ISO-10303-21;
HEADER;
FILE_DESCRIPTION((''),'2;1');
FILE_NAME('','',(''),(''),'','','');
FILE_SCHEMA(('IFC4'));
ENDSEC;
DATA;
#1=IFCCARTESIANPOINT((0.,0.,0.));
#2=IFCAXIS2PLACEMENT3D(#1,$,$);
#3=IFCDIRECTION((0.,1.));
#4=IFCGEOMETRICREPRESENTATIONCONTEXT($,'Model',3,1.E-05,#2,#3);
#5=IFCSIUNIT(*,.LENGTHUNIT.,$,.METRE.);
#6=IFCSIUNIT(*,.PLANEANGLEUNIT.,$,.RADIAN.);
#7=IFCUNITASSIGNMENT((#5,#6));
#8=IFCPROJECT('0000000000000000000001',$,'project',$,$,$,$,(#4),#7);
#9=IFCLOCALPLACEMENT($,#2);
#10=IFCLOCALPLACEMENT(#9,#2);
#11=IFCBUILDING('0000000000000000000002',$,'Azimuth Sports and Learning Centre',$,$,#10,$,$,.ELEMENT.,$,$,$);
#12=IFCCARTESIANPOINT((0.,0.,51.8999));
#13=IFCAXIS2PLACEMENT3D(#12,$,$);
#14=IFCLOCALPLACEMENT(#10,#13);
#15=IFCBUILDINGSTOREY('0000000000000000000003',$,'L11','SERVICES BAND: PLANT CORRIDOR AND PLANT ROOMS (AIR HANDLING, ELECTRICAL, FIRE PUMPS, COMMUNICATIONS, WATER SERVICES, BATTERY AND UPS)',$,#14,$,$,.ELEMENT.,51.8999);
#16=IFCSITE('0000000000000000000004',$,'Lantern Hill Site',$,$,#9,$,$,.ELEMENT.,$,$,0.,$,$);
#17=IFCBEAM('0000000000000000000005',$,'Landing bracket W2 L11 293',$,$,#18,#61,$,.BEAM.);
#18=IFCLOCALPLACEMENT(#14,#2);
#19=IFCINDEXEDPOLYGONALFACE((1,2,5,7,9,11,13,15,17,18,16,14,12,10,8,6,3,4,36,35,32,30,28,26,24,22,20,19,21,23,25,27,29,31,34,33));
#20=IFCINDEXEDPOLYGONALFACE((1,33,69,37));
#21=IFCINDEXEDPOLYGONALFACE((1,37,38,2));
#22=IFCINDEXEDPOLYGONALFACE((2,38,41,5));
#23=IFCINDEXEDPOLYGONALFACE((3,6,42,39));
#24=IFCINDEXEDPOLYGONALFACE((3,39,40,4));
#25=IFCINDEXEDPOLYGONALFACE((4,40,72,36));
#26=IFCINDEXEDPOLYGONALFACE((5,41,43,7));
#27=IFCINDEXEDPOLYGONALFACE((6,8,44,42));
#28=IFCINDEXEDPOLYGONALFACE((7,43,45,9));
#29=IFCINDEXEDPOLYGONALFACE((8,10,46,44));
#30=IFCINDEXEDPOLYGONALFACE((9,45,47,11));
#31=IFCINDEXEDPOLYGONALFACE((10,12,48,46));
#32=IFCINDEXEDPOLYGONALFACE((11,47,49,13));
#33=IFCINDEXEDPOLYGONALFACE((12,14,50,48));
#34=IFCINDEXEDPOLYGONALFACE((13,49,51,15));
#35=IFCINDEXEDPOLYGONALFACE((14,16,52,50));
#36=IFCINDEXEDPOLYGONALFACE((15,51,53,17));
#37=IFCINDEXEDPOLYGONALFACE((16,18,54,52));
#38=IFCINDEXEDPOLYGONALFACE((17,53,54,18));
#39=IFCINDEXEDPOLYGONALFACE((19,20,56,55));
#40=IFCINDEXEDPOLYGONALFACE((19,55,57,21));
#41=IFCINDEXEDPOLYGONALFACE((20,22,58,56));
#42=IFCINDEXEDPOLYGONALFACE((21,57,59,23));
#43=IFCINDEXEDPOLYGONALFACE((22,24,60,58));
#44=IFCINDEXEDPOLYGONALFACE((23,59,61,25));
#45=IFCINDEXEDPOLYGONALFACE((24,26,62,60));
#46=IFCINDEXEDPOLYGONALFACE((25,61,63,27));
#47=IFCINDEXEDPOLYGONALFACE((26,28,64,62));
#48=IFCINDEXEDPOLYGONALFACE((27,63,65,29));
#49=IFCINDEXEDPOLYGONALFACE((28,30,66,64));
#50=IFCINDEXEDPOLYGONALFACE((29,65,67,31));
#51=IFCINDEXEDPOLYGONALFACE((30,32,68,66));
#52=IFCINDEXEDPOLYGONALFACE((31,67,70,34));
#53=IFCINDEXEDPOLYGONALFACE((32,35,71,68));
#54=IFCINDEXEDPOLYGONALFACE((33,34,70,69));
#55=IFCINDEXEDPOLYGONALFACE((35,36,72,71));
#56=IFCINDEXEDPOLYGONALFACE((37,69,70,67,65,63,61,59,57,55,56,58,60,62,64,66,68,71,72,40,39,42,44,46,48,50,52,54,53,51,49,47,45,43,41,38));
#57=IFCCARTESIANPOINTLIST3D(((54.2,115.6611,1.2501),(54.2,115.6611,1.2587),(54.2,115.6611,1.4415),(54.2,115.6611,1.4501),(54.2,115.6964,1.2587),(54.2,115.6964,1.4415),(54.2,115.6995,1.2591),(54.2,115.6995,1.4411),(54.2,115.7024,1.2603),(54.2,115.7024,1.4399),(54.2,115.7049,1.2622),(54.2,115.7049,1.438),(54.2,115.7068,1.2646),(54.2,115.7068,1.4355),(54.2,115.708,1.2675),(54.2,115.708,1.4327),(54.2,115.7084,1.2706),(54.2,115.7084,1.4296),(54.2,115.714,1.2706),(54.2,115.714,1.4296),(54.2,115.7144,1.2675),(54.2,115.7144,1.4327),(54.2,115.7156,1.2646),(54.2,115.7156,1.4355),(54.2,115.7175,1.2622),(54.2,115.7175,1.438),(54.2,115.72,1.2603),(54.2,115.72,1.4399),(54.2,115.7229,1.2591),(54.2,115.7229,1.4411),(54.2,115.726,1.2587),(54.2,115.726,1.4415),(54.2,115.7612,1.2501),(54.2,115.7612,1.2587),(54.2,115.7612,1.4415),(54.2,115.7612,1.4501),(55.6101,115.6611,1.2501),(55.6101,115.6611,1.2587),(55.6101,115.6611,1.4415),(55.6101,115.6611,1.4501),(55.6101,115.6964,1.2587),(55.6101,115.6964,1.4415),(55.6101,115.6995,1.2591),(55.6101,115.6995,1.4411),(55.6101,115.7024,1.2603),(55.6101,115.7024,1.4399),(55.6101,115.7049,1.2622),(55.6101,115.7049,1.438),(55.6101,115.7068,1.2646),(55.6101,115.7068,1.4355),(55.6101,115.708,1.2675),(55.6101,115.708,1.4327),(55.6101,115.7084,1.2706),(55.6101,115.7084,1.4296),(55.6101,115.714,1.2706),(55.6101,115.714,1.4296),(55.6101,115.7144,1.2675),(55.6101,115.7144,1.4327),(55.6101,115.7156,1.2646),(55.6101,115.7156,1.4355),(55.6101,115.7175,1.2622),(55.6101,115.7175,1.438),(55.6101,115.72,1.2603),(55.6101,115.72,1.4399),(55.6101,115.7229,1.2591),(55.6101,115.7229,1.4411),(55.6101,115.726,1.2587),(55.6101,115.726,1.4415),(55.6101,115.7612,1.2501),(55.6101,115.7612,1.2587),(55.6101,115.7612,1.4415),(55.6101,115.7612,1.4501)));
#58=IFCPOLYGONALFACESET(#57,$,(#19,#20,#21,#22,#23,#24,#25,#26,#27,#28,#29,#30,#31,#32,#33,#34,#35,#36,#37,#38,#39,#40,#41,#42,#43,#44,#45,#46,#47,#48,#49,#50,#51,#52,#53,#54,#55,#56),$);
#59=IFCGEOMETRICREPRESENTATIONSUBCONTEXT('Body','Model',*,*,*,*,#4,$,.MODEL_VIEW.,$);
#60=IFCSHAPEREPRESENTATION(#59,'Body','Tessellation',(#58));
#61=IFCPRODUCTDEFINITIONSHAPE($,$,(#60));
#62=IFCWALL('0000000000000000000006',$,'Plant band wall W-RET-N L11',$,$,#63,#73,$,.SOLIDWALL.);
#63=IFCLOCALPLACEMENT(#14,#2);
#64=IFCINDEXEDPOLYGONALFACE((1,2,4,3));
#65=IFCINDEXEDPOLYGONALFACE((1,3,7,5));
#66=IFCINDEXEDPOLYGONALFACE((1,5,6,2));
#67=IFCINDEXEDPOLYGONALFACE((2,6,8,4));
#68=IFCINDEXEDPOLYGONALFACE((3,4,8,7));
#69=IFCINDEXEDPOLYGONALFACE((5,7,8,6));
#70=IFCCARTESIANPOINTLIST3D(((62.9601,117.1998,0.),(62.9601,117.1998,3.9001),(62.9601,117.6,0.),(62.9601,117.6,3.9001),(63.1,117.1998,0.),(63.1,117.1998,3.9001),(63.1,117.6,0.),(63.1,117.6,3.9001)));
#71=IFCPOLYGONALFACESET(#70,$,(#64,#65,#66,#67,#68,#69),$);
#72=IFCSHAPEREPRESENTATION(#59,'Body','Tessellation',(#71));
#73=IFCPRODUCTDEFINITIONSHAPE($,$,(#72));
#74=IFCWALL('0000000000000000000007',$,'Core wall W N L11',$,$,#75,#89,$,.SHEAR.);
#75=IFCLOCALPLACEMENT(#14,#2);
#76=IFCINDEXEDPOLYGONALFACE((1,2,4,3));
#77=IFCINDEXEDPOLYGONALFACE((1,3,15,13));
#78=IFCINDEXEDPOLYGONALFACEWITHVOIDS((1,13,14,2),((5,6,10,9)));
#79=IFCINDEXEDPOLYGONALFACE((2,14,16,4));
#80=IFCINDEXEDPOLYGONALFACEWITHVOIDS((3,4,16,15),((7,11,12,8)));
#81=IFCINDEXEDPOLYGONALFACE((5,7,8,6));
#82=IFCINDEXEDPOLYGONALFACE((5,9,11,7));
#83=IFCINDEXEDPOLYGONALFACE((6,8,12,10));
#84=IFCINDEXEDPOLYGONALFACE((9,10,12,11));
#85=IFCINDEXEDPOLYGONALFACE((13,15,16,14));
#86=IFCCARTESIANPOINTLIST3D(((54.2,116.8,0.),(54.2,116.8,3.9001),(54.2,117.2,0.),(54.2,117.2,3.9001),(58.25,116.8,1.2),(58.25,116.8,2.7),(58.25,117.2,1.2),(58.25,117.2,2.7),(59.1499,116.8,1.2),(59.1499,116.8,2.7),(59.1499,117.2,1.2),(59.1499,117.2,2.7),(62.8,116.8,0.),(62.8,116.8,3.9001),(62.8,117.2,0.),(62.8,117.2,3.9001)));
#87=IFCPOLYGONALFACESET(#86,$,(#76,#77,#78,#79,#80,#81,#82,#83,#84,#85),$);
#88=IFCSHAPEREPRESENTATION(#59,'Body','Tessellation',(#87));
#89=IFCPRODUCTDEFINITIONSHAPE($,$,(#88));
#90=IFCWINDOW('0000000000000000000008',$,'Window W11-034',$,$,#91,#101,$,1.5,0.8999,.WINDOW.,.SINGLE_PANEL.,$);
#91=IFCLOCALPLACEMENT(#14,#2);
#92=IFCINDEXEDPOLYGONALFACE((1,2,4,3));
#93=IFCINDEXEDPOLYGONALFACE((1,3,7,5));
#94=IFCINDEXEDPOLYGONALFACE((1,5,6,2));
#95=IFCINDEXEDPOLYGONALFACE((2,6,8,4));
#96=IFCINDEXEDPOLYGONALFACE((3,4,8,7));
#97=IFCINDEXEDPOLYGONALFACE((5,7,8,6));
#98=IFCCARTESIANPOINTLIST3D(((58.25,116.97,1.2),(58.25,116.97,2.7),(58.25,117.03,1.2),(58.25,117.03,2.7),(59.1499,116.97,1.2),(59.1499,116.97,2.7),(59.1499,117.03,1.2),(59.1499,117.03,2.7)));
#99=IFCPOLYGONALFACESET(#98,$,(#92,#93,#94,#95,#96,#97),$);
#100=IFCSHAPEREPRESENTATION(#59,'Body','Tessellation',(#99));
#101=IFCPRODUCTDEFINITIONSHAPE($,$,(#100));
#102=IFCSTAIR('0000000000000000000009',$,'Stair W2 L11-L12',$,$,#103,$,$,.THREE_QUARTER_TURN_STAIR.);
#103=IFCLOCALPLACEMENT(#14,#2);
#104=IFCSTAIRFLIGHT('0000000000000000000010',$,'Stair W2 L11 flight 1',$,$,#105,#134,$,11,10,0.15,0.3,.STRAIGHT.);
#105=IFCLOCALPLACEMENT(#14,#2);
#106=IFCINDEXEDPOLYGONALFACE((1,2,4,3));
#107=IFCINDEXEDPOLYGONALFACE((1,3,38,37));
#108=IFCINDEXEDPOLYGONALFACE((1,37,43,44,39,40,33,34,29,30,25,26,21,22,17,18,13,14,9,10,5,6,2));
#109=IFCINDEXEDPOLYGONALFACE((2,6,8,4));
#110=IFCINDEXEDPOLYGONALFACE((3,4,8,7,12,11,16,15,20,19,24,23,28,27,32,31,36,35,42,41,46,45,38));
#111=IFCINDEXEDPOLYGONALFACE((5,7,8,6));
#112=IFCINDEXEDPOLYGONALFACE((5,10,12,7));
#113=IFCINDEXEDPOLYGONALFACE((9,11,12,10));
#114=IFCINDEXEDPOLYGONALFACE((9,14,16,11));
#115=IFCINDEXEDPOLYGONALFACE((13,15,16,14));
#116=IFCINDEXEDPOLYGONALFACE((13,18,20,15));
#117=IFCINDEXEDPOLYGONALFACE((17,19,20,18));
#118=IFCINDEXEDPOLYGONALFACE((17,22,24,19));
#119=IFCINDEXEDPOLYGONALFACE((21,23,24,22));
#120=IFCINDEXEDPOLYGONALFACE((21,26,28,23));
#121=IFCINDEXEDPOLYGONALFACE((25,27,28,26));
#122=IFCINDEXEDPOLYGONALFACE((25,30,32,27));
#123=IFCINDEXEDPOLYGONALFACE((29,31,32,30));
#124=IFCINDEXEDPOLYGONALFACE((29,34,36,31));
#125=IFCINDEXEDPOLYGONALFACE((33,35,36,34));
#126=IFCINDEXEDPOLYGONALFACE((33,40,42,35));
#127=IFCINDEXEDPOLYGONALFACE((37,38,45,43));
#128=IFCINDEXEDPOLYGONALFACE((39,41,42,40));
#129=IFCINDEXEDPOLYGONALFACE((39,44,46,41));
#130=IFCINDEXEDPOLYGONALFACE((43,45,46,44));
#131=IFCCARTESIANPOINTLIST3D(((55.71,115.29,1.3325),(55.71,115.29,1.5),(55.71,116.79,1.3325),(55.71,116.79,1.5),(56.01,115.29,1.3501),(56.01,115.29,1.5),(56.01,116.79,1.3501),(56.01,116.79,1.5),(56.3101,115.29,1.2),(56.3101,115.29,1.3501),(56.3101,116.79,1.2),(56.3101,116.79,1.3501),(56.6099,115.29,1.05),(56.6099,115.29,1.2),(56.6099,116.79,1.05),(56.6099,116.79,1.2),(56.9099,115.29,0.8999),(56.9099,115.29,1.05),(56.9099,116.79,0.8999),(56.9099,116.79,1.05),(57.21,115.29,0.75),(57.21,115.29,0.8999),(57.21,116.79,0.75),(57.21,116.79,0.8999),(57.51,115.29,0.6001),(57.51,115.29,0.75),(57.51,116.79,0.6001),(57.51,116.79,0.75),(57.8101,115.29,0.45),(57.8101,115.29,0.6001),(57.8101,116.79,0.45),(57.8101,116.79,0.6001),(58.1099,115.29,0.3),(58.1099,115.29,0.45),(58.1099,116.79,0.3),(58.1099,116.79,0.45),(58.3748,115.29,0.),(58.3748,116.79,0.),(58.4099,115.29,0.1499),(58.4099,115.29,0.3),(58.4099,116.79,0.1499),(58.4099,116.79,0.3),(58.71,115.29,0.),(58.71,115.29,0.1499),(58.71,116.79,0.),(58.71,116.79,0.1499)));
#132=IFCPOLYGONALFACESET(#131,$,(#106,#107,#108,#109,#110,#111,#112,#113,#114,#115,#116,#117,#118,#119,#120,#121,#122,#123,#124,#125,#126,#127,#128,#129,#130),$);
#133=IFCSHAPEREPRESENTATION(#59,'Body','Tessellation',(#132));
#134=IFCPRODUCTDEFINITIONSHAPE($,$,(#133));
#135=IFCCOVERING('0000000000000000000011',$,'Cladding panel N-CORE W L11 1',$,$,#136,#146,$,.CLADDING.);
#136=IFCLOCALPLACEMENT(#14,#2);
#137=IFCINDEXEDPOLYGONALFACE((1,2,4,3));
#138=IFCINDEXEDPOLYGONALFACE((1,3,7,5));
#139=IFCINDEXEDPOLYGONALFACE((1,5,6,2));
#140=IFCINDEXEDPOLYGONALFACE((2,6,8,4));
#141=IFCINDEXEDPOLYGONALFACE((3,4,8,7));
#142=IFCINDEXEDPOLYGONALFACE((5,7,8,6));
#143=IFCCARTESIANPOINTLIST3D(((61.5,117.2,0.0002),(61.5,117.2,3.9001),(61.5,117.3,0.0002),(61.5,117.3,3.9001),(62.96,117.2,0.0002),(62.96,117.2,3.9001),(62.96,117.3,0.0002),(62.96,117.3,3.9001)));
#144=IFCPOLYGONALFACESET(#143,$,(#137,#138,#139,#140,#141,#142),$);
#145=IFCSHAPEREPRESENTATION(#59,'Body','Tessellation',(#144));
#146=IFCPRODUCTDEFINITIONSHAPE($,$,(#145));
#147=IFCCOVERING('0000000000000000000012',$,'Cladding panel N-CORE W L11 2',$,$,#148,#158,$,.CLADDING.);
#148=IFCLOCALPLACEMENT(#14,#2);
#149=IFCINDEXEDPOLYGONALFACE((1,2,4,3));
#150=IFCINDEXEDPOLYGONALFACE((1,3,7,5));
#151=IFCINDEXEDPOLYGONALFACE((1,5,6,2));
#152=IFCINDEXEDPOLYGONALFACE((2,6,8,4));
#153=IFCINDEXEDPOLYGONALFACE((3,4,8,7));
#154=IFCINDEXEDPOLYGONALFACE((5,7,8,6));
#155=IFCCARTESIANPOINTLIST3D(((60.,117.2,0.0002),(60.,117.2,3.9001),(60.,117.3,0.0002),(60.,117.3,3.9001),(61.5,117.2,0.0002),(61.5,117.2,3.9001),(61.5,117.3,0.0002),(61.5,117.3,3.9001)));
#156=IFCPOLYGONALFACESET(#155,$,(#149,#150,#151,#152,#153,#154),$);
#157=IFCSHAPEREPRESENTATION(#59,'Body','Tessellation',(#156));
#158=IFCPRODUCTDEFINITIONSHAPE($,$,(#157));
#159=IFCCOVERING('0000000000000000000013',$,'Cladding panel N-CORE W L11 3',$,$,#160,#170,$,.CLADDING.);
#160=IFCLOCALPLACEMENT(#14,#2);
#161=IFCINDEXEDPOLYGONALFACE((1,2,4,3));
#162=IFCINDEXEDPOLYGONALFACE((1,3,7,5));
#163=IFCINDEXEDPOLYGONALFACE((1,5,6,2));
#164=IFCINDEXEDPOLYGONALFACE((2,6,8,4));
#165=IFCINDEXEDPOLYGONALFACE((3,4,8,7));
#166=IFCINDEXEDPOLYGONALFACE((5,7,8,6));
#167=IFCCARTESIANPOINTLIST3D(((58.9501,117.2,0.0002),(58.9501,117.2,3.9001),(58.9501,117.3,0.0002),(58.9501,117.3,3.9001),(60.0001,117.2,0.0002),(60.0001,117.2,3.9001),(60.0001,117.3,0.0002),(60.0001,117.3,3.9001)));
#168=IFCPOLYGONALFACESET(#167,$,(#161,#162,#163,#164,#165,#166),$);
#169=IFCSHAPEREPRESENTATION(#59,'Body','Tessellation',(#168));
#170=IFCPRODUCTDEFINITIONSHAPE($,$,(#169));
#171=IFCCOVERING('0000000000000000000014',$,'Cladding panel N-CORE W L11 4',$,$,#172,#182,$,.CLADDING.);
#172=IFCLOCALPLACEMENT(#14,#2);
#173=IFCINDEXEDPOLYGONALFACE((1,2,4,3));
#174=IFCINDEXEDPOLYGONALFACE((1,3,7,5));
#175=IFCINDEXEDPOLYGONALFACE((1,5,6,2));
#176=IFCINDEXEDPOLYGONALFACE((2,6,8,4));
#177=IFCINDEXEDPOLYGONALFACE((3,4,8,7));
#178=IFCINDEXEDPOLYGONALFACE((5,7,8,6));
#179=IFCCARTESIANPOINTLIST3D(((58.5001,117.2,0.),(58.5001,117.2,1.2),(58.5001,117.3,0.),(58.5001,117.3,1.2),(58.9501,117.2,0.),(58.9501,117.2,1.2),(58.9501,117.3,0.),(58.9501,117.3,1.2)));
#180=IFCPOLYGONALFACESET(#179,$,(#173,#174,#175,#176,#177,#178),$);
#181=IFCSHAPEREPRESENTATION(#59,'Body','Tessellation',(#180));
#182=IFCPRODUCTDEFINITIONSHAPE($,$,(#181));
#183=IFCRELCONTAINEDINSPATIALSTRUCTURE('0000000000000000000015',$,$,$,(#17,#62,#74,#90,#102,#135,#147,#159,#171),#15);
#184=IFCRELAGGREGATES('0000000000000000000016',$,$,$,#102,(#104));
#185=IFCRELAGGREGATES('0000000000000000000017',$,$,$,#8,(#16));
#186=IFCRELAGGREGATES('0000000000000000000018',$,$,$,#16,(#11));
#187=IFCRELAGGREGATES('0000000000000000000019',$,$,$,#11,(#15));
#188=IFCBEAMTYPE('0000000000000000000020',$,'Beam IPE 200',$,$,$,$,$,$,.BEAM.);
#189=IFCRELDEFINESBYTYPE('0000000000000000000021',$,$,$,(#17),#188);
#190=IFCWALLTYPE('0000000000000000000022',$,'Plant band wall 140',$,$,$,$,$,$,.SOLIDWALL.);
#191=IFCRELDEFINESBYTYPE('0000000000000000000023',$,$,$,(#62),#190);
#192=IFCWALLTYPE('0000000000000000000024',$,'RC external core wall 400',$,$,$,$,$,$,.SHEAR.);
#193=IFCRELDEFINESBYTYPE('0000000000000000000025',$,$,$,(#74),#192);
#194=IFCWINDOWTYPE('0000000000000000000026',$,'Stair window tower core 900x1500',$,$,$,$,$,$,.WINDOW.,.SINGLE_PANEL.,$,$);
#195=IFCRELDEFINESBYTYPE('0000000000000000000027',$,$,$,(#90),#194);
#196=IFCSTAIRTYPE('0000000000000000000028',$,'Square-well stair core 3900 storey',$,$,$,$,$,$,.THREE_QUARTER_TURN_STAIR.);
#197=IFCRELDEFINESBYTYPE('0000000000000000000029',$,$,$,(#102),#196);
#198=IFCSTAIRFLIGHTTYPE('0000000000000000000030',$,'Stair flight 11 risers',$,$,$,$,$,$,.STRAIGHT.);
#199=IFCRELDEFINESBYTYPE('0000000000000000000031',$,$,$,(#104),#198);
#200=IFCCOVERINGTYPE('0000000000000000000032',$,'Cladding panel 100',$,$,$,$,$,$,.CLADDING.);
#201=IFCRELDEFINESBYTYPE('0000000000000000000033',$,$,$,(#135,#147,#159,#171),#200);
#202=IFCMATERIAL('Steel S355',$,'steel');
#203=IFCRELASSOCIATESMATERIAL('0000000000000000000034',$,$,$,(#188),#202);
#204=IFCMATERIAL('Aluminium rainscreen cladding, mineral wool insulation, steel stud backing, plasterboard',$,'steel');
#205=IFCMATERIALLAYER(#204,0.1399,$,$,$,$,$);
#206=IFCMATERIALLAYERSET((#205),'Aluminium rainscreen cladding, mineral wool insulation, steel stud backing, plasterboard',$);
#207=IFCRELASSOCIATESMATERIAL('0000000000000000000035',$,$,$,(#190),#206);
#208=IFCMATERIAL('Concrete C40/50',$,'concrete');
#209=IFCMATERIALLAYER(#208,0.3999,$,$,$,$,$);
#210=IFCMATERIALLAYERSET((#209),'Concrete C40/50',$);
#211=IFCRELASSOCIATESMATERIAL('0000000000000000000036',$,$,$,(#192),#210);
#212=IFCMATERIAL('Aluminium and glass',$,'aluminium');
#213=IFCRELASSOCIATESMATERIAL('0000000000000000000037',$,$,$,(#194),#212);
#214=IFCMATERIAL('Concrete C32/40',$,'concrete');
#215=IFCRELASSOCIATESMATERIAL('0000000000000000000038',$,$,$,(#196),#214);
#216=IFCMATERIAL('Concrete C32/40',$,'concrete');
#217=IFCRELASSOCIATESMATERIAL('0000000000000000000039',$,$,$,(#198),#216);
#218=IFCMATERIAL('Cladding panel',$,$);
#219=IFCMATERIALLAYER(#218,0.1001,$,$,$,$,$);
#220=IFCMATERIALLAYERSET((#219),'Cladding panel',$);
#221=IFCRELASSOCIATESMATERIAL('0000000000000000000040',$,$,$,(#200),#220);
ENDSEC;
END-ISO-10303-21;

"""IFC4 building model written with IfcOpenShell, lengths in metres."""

from ifc_helpers import new_model, si_unit, direction, frame, frame_2d, origin, origin_2d, place, context, subcontext, project, spatial, polyline, rectangle, i_section, outline, extrude, material, layer, layer_set, material_profile, profile_set, type_object, element, fill, aggregate, save


model = new_model("IFC4")

# Units and contexts
model_context = context("Model", 3, precision=1e-05, world=origin(), true_north=direction((0.0, 1.0)))
body_context = subcontext(model_context, "Body", "Model", "MODEL_VIEW")
ifc_project = project(units=[si_unit("LENGTHUNIT", "METRE"), si_unit("PLANEANGLEUNIT", "RADIAN")], contexts=[model_context])

# Site, building, storey
site_placement = place(None, origin())
site = spatial("IfcSite", under=ifc_project, at=site_placement, Name="Lantern Hill Site", CompositionType="ELEMENT", RefElevation=0.0)
building_placement = place(site_placement, origin())
building = spatial("IfcBuilding", under=site, at=building_placement, Name="Azimuth Sports and Learning Centre", CompositionType="ELEMENT")
storey_placement = place(building_placement, frame((0.0, 0.0, 51.8999)))
storey = spatial("IfcBuildingStorey", under=building, at=storey_placement, Name="L11", Description="SERVICES BAND: PLANT CORRIDOR AND PLANT ROOMS (AIR HANDLING, ELECTRICAL, FIRE PUMPS, COMMUNICATIONS, WATER SERVICES, BATTERY AND UPS)", CompositionType="ELEMENT", Elevation=51.8999)

# Beam
ifc_material_1 = material(Name="Steel S355", Category="steel")
ifc_material_profile = material_profile(ifc_material_1, i_section(OverallWidth=0.1001, OverallDepth=0.2, WebThickness=0.0056, FlangeThickness=0.0085, FilletRadius=0.012, at=origin_2d()), Name="IPE 200")
ifc_profile_set = profile_set([ifc_material_profile], Name="Steel S355")
beam_type = type_object("IfcBeamType", Name="Beam IPE 200", PredefinedType="BEAM", material=ifc_profile_set)
for number, where, z_axis, x_axis, name in (
    (1, (54.2, 115.7112, 1.3501), (1.0, 0.0, 0.0), (0.0, 1.0, 0.0), "Landing bracket W2 L11 293"),
):
    element("IfcBeam", number, at=place(storey_placement, frame(where, z_axis=z_axis, x_axis=x_axis)), inside=storey, type_object=beam_type, Name=name, PredefinedType="BEAM", context=body_context, shape_type="SweptSolid", body=[
        extrude(i_section(OverallWidth=0.1001, OverallDepth=0.2, WebThickness=0.0056, FlangeThickness=0.0085, FilletRadius=0.012, at=origin_2d()), origin(), (0.0, 0.0, 1.0), 1.4102),
    ])

# Wall
ifc_material_2 = material(Name="Aluminium rainscreen cladding, mineral wool insulation, steel stud backing, plasterboard", Category="steel")
ifc_layer_1 = layer(ifc_material_2, 0.1399)
ifc_layer_set_1 = layer_set([ifc_layer_1], Name="Aluminium rainscreen cladding, mineral wool insulation, steel stud backing, plasterboard")
wall_type_1 = type_object("IfcWallType", Name="Plant band wall 140", PredefinedType="SOLIDWALL", material=ifc_layer_set_1)
wall_1_placement = place(storey_placement, frame((63.03, 117.6001, 0.0), z_axis=(0.0, 0.0, 1.0), x_axis=(0.0, -1.0, 0.0)))
element("IfcWall", 2, at=wall_1_placement, inside=storey, type_object=wall_type_1, Name="Plant band wall W-RET-N L11", PredefinedType="SOLIDWALL", context=body_context, shape_type="SweptSolid", body=[
    extrude(rectangle(XDim=0.4001, YDim=0.1399, at=frame_2d((0.2002, 0.0))), origin(), (0.0, 0.0, 1.0), 3.9001),
])

# Wall, opening, window
ifc_material_3 = material(Name="Concrete C40/50", Category="concrete")
ifc_layer_2 = layer(ifc_material_3, 0.3999)
ifc_layer_set_2 = layer_set([ifc_layer_2], Name="Concrete C40/50")
wall_type_2 = type_object("IfcWallType", Name="RC external core wall 400", PredefinedType="SHEAR", material=ifc_layer_set_2)
wall_2_placement = place(storey_placement, frame((54.2, 117.0, 0.0), z_axis=(0.0, 0.0, 1.0), x_axis=(1.0, 0.0, 0.0)))
wall_2 = element("IfcWall", 3, at=wall_2_placement, inside=storey, type_object=wall_type_2, Name="Core wall W N L11", PredefinedType="SHEAR", context=body_context, shape_type="SweptSolid", body=[
    extrude(rectangle(XDim=8.6001, YDim=0.3999, at=frame_2d((4.3, 0.0))), origin(), (0.0, 0.0, 1.0), 3.9001),
])
opening_placement = place(wall_2_placement, frame((4.05, 0.0, 1.2)))
opening = element("IfcOpeningElement", 4, at=opening_placement, cuts=wall_2, PredefinedType="OPENING", context=body_context, shape_type="SweptSolid", body=[
    extrude(rectangle(XDim=0.8999, YDim=1.5, at=frame_2d((0.45, 0.75))), frame((0.0, 0.2109, 0.0), z_axis=(0.0, -1.0, 0.0), x_axis=(1.0, 0.0, 0.0)), (0.0, 0.0, 1.0), 0.4219),
])
ifc_material_4 = material(Name="Aluminium and glass", Category="aluminium")
window_type = type_object("IfcWindowType", Name="Stair window tower core 900x1500", PartitioningType="SINGLE_PANEL", PredefinedType="WINDOW", material=ifc_material_4)
window_placement = place(opening_placement, origin())
window = element("IfcWindow", 5, at=window_placement, inside=storey, type_object=window_type, Name="Window W11-034", OverallHeight=1.5, OverallWidth=0.8999, PartitioningType="SINGLE_PANEL", PredefinedType="WINDOW", context=body_context, shape_type="SweptSolid", body=[
    extrude(rectangle(XDim=0.8999, YDim=1.5, at=frame_2d((0.45, 0.75))), frame((0.0, 0.03, 0.0), z_axis=(0.0, -1.0, 0.0), x_axis=(1.0, 0.0, 0.0)), (0.0, 0.0, 1.0), 0.0601),
])
fill(opening, window)

# Stair, stair flight
ifc_material_5 = material(Name="Concrete C32/40", Category="concrete")
stair_type = type_object("IfcStairType", Name="Square-well stair core 3900 storey", PredefinedType="THREE_QUARTER_TURN_STAIR", material=ifc_material_5)
stair_placement = place(storey_placement, origin())
stair = element("IfcStair", 6, at=stair_placement, inside=storey, type_object=stair_type, Name="Stair W2 L11-L12", PredefinedType="THREE_QUARTER_TURN_STAIR")
ifc_material_6 = material(Name="Concrete C32/40", Category="concrete")
stair_flight_type = type_object("IfcStairFlightType", Name="Stair flight 11 risers", PredefinedType="STRAIGHT", material=ifc_material_6)
stair_flight_placement = place(storey_placement, frame((58.71, 116.04, 0.0), z_axis=(0.0, 0.0, 1.0), x_axis=(-1.0, 0.0, 0.0)))
stair_flight = element("IfcStairFlight", 7, at=stair_flight_placement, type_object=stair_flight_type, Name="Stair W2 L11 flight 1", NumberOfRisers=11, NumberOfTreads=10, PredefinedType="STRAIGHT", RiserHeight=0.15, TreadLength=0.3, context=body_context, shape_type="SweptSolid", body=[
    extrude(outline(polyline([(0.0, 0.0), (0.0, 0.1499), (0.3, 0.1499), (0.3, 0.3), (0.6001, 0.3), (0.6001, 0.45), (0.8999, 0.45), (0.8999, 0.6001), (1.2, 0.6001), (1.2, 0.75), (1.5, 0.75), (1.5, 0.8999), (1.8, 0.8999), (1.8, 1.05), (2.1001, 1.05), (2.1001, 1.2), (2.3999, 1.2), (2.3999, 1.3501), (2.7, 1.3501), (2.7, 1.5), (3.0, 1.5), (3.0, 1.6499), (3.0, 1.3325), (0.3352, 0.0), (0.0, 0.0)])), frame((0.0, 0.75, 0.0), z_axis=(0.0, -1.0, 0.0), x_axis=(1.0, 0.0, 0.0)), (0.0, 0.0, 1.0), 1.5),
])
aggregate(stair, [stair_flight])

# Coverings
ifc_material_7 = material(Name="Cladding panel")
ifc_layer_3 = layer(ifc_material_7, 0.1001)
ifc_layer_set_3 = layer_set([ifc_layer_3], Name="Cladding panel")
covering_type = type_object("IfcCoveringType", Name="Cladding panel 100", PredefinedType="CLADDING", material=ifc_layer_set_3)
covering_1_placement = place(storey_placement, frame((62.23, 117.25, 0.0002), z_axis=(0.0, 0.0, 1.0), x_axis=(-1.0, 0.0, 0.0)))
element("IfcCovering", 8, at=covering_1_placement, inside=storey, type_object=covering_type, Name="Cladding panel N-CORE W L11 1", PredefinedType="CLADDING", context=body_context, shape_type="SweptSolid", body=[
    extrude(rectangle(XDim=1.46, YDim=0.1001, at=origin_2d()), origin(), (0.0, 0.0, 1.0), 3.8999),
])
covering_2_placement = place(storey_placement, frame((60.75, 117.25, 0.0002), z_axis=(0.0, 0.0, 1.0), x_axis=(-1.0, 0.0, 0.0)))
element("IfcCovering", 9, at=covering_2_placement, inside=storey, type_object=covering_type, Name="Cladding panel N-CORE W L11 2", PredefinedType="CLADDING", context=body_context, shape_type="SweptSolid", body=[
    extrude(rectangle(XDim=1.5, YDim=0.1001, at=origin_2d()), origin(), (0.0, 0.0, 1.0), 3.8999),
])
covering_3_placement = place(storey_placement, frame((59.4751, 117.25, 0.0002), z_axis=(0.0, 0.0, 1.0), x_axis=(-1.0, 0.0, 0.0)))
element("IfcCovering", 10, at=covering_3_placement, inside=storey, type_object=covering_type, Name="Cladding panel N-CORE W L11 3", PredefinedType="CLADDING", context=body_context, shape_type="SweptSolid", body=[
    extrude(rectangle(XDim=1.05, YDim=0.1001, at=origin_2d()), origin(), (0.0, 0.0, 1.0), 3.8999),
])
for number, where, z_axis, x_axis, name in (
    (11, (58.7251, 117.25, 0.0), (0.0, 0.0, 1.0), (-1.0, 0.0, 0.0), "Cladding panel N-CORE W L11 4"),
):
    element("IfcCovering", number, at=place(storey_placement, frame(where, z_axis=z_axis, x_axis=x_axis)), inside=storey, type_object=covering_type, Name=name, PredefinedType="CLADDING", context=body_context, shape_type="SweptSolid", body=[
        extrude(rectangle(XDim=0.45, YDim=0.1001, at=origin_2d()), origin(), (0.0, 0.0, 1.0), 1.2),
    ])

save(model, "model.ifc")
